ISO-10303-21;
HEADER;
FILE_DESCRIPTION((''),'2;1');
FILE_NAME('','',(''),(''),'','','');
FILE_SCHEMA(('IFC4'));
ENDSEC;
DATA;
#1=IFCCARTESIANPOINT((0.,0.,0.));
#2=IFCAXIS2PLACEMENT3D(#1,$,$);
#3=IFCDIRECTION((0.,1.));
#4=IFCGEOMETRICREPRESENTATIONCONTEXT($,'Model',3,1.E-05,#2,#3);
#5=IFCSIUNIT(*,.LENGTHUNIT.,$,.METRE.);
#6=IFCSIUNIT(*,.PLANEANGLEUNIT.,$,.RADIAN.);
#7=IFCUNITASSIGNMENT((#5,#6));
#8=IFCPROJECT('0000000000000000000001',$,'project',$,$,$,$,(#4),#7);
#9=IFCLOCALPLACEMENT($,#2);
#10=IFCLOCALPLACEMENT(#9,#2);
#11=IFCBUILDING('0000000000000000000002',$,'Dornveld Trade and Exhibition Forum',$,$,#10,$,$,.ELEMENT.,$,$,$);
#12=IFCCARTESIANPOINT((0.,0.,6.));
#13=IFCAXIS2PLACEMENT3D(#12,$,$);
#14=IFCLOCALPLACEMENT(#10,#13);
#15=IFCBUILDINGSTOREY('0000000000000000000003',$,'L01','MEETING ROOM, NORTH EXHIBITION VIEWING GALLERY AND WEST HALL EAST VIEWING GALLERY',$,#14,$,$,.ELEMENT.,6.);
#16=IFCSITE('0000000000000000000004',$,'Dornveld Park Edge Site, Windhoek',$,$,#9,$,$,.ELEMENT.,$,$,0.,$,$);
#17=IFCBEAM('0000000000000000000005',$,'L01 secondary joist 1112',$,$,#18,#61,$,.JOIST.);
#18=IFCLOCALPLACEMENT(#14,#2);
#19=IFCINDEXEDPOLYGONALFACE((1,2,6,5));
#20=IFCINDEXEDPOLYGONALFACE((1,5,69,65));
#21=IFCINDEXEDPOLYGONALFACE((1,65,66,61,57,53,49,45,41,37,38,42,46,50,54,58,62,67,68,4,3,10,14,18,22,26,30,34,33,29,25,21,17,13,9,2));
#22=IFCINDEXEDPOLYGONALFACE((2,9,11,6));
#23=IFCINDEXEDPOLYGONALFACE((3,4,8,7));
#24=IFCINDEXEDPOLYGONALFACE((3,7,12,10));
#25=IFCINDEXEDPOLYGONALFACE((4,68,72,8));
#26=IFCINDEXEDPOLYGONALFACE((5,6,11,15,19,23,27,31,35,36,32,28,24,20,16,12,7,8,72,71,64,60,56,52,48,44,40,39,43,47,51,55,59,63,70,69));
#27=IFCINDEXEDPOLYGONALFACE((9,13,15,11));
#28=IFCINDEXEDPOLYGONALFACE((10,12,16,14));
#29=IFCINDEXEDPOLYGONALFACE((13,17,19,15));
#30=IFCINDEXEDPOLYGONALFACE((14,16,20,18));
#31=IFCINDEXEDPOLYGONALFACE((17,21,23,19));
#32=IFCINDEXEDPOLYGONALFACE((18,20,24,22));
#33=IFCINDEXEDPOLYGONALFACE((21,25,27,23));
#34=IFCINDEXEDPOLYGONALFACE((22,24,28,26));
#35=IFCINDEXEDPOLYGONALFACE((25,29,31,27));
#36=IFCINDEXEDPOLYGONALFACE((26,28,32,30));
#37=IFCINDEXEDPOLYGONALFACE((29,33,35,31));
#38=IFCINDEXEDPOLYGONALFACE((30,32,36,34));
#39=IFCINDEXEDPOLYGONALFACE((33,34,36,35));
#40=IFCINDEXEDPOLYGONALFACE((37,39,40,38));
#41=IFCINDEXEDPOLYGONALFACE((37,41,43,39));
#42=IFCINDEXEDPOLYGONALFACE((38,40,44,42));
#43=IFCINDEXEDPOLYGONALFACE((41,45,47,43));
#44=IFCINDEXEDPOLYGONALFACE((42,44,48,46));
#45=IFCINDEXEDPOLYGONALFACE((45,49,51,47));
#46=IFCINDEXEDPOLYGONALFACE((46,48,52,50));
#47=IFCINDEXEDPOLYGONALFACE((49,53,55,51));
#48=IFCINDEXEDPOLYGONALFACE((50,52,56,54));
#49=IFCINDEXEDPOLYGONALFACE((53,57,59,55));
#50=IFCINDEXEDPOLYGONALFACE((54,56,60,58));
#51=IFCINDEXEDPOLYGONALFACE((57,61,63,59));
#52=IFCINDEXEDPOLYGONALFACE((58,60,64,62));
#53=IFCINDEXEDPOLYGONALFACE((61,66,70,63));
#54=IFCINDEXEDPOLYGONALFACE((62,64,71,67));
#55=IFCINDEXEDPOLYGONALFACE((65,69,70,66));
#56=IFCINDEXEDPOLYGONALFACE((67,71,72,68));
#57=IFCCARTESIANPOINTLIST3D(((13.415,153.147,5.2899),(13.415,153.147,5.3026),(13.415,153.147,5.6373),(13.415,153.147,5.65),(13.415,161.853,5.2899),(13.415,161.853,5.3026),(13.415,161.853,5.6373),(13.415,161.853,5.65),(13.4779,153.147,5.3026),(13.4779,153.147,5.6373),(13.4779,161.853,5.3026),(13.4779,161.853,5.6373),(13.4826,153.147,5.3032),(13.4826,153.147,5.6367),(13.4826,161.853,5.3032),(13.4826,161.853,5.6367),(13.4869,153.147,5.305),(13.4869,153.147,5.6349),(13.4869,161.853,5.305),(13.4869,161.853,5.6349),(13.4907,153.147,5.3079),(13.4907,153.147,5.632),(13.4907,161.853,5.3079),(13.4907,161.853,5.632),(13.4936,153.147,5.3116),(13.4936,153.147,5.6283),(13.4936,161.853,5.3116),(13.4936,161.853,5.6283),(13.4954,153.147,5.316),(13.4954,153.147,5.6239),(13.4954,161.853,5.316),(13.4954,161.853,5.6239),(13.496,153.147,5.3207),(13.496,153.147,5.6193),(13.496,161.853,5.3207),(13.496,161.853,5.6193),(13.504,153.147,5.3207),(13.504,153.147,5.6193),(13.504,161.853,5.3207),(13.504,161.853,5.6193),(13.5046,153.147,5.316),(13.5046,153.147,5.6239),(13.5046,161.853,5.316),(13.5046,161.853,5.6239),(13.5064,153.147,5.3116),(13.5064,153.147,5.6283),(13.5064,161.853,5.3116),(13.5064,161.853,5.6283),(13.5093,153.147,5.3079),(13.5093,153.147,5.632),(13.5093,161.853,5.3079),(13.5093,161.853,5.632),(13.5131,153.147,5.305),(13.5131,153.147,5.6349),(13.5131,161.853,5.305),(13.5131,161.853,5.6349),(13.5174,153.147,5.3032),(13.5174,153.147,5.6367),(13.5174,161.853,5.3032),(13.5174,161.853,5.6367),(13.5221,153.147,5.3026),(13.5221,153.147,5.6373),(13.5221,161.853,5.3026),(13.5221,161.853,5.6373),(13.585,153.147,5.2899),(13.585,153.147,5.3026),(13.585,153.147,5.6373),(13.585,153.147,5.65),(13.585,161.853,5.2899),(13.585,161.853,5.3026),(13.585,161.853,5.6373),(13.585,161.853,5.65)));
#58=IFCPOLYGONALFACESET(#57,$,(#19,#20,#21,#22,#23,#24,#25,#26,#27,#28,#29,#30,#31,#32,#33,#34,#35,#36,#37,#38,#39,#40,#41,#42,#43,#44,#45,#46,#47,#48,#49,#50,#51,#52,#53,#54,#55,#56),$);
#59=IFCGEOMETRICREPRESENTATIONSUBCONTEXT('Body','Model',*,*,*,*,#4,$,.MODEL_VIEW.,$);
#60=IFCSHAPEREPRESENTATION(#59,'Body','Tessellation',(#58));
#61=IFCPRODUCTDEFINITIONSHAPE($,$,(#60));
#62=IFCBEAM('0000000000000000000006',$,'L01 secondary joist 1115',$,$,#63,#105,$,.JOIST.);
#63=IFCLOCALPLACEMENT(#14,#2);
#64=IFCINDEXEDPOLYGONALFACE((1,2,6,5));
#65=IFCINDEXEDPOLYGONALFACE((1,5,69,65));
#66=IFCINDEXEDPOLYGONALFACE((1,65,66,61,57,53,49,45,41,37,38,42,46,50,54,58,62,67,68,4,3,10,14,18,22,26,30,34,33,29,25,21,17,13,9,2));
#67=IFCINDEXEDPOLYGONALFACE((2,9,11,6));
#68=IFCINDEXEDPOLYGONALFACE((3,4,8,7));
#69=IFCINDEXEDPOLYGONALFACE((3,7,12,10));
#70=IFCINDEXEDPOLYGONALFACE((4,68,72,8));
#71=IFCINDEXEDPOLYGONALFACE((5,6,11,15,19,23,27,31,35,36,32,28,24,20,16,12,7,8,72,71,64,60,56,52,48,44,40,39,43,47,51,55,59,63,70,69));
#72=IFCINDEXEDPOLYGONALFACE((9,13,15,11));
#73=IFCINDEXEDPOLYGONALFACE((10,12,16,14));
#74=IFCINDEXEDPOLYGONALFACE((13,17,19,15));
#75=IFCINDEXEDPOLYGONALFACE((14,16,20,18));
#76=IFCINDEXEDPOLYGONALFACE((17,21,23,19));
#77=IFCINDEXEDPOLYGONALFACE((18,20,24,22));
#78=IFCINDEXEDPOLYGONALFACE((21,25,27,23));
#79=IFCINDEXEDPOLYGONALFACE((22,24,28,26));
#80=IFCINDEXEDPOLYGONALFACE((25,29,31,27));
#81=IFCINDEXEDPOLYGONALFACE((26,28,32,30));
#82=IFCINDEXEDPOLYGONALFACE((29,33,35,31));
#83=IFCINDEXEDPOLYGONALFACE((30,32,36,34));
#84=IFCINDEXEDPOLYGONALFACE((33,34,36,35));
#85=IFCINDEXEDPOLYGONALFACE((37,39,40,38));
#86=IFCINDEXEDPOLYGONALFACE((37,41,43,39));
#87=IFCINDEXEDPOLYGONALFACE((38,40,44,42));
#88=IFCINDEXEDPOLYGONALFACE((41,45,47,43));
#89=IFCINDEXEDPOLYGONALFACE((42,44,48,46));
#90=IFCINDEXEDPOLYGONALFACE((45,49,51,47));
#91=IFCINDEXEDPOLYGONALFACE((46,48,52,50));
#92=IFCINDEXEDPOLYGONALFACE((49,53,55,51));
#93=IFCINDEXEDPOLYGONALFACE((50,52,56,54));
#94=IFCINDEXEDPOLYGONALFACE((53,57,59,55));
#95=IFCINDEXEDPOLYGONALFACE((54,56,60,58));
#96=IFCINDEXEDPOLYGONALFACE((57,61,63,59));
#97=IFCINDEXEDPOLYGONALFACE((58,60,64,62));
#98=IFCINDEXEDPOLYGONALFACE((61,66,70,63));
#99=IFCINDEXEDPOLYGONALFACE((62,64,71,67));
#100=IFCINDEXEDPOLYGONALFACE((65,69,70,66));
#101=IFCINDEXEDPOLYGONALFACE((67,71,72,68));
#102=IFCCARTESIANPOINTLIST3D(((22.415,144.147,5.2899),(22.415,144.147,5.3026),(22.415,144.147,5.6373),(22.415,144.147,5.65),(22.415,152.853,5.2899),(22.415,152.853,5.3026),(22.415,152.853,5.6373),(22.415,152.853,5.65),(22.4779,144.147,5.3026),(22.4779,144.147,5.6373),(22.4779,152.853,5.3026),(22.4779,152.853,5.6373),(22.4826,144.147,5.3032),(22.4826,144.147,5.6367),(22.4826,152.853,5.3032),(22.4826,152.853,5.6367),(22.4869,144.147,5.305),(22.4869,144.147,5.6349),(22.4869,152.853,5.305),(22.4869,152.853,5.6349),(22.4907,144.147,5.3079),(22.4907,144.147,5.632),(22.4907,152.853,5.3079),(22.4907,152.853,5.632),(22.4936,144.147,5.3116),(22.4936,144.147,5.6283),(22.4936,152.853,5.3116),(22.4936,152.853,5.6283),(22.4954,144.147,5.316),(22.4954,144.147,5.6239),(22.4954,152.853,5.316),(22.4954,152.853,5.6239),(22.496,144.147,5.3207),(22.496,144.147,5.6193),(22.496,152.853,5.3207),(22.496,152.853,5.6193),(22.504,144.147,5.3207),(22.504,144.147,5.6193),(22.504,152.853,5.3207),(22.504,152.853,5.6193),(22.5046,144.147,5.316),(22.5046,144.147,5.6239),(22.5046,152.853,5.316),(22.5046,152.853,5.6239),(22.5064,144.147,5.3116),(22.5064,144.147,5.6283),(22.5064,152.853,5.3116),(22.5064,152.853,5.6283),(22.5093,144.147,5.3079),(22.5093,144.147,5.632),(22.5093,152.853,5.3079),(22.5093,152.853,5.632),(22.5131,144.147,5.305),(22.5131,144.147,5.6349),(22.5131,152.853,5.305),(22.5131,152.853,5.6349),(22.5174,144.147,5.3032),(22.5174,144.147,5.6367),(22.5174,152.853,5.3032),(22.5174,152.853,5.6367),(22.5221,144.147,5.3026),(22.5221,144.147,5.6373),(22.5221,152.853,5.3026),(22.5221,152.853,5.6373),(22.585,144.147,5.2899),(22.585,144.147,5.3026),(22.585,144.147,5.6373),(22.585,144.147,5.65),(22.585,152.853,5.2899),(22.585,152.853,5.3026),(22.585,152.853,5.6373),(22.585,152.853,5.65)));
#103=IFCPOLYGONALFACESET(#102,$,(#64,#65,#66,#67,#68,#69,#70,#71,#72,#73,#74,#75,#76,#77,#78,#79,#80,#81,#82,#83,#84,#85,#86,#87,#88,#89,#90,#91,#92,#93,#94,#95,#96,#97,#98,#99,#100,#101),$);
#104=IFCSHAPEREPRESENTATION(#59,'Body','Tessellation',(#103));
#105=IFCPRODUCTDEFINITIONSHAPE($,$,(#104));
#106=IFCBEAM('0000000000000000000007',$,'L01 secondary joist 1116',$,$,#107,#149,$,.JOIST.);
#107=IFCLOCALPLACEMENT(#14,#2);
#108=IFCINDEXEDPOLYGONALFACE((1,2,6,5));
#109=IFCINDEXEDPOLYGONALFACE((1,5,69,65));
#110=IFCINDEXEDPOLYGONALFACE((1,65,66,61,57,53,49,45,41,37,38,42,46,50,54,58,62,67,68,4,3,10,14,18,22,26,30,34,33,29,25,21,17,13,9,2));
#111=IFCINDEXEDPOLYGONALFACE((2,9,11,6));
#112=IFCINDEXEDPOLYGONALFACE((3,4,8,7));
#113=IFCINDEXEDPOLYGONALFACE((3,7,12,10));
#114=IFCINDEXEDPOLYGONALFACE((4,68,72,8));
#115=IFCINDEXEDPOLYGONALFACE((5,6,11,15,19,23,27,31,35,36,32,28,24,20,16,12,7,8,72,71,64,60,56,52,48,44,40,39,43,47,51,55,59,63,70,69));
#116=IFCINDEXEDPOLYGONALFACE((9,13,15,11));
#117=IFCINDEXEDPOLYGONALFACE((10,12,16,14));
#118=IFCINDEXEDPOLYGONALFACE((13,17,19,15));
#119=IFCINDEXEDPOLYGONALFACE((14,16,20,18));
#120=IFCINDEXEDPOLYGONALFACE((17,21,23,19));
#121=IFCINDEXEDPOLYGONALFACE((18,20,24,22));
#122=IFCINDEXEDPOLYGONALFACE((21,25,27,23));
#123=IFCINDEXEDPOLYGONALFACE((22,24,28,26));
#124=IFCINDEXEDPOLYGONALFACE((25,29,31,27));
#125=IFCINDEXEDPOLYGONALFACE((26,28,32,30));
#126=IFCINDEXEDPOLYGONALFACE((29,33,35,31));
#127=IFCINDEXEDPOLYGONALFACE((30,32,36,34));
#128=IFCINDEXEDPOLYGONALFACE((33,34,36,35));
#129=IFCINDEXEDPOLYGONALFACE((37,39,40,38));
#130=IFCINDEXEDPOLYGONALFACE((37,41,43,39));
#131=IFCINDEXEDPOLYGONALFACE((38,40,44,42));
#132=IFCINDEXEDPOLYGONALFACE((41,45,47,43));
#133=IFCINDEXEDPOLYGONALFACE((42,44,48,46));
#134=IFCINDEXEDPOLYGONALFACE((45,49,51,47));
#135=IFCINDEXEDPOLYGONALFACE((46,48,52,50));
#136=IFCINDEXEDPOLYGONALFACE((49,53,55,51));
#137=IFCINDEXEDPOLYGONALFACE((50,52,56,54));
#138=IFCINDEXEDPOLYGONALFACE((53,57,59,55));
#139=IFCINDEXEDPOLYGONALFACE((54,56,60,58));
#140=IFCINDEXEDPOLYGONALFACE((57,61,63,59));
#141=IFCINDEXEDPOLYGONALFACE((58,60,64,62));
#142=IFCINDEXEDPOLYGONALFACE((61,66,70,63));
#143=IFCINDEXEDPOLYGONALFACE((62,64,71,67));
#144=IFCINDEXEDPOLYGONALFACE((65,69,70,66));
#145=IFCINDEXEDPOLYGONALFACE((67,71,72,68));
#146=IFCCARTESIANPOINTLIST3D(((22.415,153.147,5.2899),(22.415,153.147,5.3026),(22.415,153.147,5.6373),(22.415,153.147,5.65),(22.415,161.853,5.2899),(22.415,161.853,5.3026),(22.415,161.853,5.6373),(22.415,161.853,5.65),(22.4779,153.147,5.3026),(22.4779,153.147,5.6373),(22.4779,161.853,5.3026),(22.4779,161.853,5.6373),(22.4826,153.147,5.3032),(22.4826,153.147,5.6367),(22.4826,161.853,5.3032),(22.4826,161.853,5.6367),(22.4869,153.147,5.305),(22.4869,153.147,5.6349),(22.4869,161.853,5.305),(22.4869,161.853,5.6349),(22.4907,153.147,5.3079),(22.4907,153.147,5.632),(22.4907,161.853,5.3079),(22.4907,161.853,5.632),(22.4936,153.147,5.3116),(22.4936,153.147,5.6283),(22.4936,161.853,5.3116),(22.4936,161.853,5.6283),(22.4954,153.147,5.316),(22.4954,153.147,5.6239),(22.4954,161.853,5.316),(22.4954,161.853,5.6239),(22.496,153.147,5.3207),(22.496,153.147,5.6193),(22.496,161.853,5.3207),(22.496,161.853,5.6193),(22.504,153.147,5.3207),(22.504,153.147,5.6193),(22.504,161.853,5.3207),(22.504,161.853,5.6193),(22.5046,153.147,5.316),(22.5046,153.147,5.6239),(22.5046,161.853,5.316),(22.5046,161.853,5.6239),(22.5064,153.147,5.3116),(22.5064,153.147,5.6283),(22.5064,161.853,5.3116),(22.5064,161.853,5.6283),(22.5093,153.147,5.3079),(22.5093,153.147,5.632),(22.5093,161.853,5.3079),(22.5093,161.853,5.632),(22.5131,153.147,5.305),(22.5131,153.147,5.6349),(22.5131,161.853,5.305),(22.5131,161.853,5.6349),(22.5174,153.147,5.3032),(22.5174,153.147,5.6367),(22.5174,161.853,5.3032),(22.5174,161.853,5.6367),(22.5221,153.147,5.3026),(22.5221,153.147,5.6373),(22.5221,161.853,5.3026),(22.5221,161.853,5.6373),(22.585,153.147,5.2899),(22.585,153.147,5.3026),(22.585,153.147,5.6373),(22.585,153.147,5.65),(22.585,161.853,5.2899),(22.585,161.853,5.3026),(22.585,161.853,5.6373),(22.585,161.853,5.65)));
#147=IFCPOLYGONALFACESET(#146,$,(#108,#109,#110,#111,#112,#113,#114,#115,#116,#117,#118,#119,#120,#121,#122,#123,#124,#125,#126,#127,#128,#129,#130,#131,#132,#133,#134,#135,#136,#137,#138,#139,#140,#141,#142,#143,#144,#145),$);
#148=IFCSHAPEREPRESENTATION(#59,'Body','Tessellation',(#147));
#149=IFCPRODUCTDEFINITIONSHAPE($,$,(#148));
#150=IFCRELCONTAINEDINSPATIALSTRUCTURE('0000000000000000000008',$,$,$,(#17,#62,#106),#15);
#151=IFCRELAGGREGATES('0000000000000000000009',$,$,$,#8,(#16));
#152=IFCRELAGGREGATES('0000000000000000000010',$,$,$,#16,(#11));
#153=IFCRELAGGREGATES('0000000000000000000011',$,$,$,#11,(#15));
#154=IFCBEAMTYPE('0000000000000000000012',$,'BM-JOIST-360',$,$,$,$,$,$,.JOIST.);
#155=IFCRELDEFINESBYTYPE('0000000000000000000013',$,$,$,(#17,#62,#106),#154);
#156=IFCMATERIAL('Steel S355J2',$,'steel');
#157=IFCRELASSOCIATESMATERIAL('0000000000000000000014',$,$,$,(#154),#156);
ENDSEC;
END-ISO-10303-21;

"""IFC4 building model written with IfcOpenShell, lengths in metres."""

from ifc_helpers import new_model, si_unit, direction, frame, origin, origin_2d, place, context, subcontext, project, spatial, i_section, extrude, material, material_profile, profile_set, type_object, element, save


model = new_model("IFC4")

# Units and contexts
model_context = context("Model", 3, precision=1e-05, world=origin(), true_north=direction((0.0, 1.0)))
body_context = subcontext(model_context, "Body", "Model", "MODEL_VIEW")
ifc_project = project(units=[si_unit("LENGTHUNIT", "METRE"), si_unit("PLANEANGLEUNIT", "RADIAN")], contexts=[model_context])

# Site, building, storey
site_placement = place(None, origin())
site = spatial("IfcSite", under=ifc_project, at=site_placement, Name="Dornveld Park Edge Site, Windhoek", CompositionType="ELEMENT", RefElevation=0.0)
building_placement = place(site_placement, origin())
building = spatial("IfcBuilding", under=site, at=building_placement, Name="Dornveld Trade and Exhibition Forum", CompositionType="ELEMENT")
storey_placement = place(building_placement, frame((0.0, 0.0, 6.0)))
storey = spatial("IfcBuildingStorey", under=building, at=storey_placement, Name="L01", Description="MEETING ROOM, NORTH EXHIBITION VIEWING GALLERY AND WEST HALL EAST VIEWING GALLERY", CompositionType="ELEMENT", Elevation=6.0)

# Beams
ifc_material_1 = material(Name="Steel S355J2", Category="steel")
ifc_material_profile_1 = material_profile(ifc_material_1, i_section(OverallWidth=0.1699, OverallDepth=0.3601, WebThickness=0.0081, FlangeThickness=0.0127, FilletRadius=0.0181, at=origin_2d()), Name="IPE 360")
ifc_profile_set_1 = profile_set([ifc_material_profile_1], Name="Steel S355J2")
beam_type_1 = type_object("IfcBeamType", Name="BM-JOIST-360", PredefinedType="JOIST", material=ifc_profile_set_1)
for number, where, z_axis, x_axis, name in (
    (1, (13.5, 153.147, 5.47), (0.0, 1.0, 0.0), (-1.0, 0.0, 0.0), "L01 secondary joist 1112"),
    (2, (22.5, 144.147, 5.47), (0.0, 1.0, 0.0), (-1.0, 0.0, 0.0), "L01 secondary joist 1115"),
    (3, (22.5, 153.147, 5.47), (0.0, 1.0, 0.0), (-1.0, 0.0, 0.0), "L01 secondary joist 1116"),
):
    element("IfcBeam", number, at=place(storey_placement, frame(where, z_axis=z_axis, x_axis=x_axis)), inside=storey, type_object=beam_type_1, Name=name, PredefinedType="JOIST", context=body_context, shape_type="SweptSolid", body=[
        extrude(i_section(OverallWidth=0.1699, OverallDepth=0.3601, WebThickness=0.0081, FlangeThickness=0.0127, FilletRadius=0.0181, at=origin_2d()), origin(), (0.0, 0.0, 1.0), 8.7061),
    ])

save(model, "model.ifc")
